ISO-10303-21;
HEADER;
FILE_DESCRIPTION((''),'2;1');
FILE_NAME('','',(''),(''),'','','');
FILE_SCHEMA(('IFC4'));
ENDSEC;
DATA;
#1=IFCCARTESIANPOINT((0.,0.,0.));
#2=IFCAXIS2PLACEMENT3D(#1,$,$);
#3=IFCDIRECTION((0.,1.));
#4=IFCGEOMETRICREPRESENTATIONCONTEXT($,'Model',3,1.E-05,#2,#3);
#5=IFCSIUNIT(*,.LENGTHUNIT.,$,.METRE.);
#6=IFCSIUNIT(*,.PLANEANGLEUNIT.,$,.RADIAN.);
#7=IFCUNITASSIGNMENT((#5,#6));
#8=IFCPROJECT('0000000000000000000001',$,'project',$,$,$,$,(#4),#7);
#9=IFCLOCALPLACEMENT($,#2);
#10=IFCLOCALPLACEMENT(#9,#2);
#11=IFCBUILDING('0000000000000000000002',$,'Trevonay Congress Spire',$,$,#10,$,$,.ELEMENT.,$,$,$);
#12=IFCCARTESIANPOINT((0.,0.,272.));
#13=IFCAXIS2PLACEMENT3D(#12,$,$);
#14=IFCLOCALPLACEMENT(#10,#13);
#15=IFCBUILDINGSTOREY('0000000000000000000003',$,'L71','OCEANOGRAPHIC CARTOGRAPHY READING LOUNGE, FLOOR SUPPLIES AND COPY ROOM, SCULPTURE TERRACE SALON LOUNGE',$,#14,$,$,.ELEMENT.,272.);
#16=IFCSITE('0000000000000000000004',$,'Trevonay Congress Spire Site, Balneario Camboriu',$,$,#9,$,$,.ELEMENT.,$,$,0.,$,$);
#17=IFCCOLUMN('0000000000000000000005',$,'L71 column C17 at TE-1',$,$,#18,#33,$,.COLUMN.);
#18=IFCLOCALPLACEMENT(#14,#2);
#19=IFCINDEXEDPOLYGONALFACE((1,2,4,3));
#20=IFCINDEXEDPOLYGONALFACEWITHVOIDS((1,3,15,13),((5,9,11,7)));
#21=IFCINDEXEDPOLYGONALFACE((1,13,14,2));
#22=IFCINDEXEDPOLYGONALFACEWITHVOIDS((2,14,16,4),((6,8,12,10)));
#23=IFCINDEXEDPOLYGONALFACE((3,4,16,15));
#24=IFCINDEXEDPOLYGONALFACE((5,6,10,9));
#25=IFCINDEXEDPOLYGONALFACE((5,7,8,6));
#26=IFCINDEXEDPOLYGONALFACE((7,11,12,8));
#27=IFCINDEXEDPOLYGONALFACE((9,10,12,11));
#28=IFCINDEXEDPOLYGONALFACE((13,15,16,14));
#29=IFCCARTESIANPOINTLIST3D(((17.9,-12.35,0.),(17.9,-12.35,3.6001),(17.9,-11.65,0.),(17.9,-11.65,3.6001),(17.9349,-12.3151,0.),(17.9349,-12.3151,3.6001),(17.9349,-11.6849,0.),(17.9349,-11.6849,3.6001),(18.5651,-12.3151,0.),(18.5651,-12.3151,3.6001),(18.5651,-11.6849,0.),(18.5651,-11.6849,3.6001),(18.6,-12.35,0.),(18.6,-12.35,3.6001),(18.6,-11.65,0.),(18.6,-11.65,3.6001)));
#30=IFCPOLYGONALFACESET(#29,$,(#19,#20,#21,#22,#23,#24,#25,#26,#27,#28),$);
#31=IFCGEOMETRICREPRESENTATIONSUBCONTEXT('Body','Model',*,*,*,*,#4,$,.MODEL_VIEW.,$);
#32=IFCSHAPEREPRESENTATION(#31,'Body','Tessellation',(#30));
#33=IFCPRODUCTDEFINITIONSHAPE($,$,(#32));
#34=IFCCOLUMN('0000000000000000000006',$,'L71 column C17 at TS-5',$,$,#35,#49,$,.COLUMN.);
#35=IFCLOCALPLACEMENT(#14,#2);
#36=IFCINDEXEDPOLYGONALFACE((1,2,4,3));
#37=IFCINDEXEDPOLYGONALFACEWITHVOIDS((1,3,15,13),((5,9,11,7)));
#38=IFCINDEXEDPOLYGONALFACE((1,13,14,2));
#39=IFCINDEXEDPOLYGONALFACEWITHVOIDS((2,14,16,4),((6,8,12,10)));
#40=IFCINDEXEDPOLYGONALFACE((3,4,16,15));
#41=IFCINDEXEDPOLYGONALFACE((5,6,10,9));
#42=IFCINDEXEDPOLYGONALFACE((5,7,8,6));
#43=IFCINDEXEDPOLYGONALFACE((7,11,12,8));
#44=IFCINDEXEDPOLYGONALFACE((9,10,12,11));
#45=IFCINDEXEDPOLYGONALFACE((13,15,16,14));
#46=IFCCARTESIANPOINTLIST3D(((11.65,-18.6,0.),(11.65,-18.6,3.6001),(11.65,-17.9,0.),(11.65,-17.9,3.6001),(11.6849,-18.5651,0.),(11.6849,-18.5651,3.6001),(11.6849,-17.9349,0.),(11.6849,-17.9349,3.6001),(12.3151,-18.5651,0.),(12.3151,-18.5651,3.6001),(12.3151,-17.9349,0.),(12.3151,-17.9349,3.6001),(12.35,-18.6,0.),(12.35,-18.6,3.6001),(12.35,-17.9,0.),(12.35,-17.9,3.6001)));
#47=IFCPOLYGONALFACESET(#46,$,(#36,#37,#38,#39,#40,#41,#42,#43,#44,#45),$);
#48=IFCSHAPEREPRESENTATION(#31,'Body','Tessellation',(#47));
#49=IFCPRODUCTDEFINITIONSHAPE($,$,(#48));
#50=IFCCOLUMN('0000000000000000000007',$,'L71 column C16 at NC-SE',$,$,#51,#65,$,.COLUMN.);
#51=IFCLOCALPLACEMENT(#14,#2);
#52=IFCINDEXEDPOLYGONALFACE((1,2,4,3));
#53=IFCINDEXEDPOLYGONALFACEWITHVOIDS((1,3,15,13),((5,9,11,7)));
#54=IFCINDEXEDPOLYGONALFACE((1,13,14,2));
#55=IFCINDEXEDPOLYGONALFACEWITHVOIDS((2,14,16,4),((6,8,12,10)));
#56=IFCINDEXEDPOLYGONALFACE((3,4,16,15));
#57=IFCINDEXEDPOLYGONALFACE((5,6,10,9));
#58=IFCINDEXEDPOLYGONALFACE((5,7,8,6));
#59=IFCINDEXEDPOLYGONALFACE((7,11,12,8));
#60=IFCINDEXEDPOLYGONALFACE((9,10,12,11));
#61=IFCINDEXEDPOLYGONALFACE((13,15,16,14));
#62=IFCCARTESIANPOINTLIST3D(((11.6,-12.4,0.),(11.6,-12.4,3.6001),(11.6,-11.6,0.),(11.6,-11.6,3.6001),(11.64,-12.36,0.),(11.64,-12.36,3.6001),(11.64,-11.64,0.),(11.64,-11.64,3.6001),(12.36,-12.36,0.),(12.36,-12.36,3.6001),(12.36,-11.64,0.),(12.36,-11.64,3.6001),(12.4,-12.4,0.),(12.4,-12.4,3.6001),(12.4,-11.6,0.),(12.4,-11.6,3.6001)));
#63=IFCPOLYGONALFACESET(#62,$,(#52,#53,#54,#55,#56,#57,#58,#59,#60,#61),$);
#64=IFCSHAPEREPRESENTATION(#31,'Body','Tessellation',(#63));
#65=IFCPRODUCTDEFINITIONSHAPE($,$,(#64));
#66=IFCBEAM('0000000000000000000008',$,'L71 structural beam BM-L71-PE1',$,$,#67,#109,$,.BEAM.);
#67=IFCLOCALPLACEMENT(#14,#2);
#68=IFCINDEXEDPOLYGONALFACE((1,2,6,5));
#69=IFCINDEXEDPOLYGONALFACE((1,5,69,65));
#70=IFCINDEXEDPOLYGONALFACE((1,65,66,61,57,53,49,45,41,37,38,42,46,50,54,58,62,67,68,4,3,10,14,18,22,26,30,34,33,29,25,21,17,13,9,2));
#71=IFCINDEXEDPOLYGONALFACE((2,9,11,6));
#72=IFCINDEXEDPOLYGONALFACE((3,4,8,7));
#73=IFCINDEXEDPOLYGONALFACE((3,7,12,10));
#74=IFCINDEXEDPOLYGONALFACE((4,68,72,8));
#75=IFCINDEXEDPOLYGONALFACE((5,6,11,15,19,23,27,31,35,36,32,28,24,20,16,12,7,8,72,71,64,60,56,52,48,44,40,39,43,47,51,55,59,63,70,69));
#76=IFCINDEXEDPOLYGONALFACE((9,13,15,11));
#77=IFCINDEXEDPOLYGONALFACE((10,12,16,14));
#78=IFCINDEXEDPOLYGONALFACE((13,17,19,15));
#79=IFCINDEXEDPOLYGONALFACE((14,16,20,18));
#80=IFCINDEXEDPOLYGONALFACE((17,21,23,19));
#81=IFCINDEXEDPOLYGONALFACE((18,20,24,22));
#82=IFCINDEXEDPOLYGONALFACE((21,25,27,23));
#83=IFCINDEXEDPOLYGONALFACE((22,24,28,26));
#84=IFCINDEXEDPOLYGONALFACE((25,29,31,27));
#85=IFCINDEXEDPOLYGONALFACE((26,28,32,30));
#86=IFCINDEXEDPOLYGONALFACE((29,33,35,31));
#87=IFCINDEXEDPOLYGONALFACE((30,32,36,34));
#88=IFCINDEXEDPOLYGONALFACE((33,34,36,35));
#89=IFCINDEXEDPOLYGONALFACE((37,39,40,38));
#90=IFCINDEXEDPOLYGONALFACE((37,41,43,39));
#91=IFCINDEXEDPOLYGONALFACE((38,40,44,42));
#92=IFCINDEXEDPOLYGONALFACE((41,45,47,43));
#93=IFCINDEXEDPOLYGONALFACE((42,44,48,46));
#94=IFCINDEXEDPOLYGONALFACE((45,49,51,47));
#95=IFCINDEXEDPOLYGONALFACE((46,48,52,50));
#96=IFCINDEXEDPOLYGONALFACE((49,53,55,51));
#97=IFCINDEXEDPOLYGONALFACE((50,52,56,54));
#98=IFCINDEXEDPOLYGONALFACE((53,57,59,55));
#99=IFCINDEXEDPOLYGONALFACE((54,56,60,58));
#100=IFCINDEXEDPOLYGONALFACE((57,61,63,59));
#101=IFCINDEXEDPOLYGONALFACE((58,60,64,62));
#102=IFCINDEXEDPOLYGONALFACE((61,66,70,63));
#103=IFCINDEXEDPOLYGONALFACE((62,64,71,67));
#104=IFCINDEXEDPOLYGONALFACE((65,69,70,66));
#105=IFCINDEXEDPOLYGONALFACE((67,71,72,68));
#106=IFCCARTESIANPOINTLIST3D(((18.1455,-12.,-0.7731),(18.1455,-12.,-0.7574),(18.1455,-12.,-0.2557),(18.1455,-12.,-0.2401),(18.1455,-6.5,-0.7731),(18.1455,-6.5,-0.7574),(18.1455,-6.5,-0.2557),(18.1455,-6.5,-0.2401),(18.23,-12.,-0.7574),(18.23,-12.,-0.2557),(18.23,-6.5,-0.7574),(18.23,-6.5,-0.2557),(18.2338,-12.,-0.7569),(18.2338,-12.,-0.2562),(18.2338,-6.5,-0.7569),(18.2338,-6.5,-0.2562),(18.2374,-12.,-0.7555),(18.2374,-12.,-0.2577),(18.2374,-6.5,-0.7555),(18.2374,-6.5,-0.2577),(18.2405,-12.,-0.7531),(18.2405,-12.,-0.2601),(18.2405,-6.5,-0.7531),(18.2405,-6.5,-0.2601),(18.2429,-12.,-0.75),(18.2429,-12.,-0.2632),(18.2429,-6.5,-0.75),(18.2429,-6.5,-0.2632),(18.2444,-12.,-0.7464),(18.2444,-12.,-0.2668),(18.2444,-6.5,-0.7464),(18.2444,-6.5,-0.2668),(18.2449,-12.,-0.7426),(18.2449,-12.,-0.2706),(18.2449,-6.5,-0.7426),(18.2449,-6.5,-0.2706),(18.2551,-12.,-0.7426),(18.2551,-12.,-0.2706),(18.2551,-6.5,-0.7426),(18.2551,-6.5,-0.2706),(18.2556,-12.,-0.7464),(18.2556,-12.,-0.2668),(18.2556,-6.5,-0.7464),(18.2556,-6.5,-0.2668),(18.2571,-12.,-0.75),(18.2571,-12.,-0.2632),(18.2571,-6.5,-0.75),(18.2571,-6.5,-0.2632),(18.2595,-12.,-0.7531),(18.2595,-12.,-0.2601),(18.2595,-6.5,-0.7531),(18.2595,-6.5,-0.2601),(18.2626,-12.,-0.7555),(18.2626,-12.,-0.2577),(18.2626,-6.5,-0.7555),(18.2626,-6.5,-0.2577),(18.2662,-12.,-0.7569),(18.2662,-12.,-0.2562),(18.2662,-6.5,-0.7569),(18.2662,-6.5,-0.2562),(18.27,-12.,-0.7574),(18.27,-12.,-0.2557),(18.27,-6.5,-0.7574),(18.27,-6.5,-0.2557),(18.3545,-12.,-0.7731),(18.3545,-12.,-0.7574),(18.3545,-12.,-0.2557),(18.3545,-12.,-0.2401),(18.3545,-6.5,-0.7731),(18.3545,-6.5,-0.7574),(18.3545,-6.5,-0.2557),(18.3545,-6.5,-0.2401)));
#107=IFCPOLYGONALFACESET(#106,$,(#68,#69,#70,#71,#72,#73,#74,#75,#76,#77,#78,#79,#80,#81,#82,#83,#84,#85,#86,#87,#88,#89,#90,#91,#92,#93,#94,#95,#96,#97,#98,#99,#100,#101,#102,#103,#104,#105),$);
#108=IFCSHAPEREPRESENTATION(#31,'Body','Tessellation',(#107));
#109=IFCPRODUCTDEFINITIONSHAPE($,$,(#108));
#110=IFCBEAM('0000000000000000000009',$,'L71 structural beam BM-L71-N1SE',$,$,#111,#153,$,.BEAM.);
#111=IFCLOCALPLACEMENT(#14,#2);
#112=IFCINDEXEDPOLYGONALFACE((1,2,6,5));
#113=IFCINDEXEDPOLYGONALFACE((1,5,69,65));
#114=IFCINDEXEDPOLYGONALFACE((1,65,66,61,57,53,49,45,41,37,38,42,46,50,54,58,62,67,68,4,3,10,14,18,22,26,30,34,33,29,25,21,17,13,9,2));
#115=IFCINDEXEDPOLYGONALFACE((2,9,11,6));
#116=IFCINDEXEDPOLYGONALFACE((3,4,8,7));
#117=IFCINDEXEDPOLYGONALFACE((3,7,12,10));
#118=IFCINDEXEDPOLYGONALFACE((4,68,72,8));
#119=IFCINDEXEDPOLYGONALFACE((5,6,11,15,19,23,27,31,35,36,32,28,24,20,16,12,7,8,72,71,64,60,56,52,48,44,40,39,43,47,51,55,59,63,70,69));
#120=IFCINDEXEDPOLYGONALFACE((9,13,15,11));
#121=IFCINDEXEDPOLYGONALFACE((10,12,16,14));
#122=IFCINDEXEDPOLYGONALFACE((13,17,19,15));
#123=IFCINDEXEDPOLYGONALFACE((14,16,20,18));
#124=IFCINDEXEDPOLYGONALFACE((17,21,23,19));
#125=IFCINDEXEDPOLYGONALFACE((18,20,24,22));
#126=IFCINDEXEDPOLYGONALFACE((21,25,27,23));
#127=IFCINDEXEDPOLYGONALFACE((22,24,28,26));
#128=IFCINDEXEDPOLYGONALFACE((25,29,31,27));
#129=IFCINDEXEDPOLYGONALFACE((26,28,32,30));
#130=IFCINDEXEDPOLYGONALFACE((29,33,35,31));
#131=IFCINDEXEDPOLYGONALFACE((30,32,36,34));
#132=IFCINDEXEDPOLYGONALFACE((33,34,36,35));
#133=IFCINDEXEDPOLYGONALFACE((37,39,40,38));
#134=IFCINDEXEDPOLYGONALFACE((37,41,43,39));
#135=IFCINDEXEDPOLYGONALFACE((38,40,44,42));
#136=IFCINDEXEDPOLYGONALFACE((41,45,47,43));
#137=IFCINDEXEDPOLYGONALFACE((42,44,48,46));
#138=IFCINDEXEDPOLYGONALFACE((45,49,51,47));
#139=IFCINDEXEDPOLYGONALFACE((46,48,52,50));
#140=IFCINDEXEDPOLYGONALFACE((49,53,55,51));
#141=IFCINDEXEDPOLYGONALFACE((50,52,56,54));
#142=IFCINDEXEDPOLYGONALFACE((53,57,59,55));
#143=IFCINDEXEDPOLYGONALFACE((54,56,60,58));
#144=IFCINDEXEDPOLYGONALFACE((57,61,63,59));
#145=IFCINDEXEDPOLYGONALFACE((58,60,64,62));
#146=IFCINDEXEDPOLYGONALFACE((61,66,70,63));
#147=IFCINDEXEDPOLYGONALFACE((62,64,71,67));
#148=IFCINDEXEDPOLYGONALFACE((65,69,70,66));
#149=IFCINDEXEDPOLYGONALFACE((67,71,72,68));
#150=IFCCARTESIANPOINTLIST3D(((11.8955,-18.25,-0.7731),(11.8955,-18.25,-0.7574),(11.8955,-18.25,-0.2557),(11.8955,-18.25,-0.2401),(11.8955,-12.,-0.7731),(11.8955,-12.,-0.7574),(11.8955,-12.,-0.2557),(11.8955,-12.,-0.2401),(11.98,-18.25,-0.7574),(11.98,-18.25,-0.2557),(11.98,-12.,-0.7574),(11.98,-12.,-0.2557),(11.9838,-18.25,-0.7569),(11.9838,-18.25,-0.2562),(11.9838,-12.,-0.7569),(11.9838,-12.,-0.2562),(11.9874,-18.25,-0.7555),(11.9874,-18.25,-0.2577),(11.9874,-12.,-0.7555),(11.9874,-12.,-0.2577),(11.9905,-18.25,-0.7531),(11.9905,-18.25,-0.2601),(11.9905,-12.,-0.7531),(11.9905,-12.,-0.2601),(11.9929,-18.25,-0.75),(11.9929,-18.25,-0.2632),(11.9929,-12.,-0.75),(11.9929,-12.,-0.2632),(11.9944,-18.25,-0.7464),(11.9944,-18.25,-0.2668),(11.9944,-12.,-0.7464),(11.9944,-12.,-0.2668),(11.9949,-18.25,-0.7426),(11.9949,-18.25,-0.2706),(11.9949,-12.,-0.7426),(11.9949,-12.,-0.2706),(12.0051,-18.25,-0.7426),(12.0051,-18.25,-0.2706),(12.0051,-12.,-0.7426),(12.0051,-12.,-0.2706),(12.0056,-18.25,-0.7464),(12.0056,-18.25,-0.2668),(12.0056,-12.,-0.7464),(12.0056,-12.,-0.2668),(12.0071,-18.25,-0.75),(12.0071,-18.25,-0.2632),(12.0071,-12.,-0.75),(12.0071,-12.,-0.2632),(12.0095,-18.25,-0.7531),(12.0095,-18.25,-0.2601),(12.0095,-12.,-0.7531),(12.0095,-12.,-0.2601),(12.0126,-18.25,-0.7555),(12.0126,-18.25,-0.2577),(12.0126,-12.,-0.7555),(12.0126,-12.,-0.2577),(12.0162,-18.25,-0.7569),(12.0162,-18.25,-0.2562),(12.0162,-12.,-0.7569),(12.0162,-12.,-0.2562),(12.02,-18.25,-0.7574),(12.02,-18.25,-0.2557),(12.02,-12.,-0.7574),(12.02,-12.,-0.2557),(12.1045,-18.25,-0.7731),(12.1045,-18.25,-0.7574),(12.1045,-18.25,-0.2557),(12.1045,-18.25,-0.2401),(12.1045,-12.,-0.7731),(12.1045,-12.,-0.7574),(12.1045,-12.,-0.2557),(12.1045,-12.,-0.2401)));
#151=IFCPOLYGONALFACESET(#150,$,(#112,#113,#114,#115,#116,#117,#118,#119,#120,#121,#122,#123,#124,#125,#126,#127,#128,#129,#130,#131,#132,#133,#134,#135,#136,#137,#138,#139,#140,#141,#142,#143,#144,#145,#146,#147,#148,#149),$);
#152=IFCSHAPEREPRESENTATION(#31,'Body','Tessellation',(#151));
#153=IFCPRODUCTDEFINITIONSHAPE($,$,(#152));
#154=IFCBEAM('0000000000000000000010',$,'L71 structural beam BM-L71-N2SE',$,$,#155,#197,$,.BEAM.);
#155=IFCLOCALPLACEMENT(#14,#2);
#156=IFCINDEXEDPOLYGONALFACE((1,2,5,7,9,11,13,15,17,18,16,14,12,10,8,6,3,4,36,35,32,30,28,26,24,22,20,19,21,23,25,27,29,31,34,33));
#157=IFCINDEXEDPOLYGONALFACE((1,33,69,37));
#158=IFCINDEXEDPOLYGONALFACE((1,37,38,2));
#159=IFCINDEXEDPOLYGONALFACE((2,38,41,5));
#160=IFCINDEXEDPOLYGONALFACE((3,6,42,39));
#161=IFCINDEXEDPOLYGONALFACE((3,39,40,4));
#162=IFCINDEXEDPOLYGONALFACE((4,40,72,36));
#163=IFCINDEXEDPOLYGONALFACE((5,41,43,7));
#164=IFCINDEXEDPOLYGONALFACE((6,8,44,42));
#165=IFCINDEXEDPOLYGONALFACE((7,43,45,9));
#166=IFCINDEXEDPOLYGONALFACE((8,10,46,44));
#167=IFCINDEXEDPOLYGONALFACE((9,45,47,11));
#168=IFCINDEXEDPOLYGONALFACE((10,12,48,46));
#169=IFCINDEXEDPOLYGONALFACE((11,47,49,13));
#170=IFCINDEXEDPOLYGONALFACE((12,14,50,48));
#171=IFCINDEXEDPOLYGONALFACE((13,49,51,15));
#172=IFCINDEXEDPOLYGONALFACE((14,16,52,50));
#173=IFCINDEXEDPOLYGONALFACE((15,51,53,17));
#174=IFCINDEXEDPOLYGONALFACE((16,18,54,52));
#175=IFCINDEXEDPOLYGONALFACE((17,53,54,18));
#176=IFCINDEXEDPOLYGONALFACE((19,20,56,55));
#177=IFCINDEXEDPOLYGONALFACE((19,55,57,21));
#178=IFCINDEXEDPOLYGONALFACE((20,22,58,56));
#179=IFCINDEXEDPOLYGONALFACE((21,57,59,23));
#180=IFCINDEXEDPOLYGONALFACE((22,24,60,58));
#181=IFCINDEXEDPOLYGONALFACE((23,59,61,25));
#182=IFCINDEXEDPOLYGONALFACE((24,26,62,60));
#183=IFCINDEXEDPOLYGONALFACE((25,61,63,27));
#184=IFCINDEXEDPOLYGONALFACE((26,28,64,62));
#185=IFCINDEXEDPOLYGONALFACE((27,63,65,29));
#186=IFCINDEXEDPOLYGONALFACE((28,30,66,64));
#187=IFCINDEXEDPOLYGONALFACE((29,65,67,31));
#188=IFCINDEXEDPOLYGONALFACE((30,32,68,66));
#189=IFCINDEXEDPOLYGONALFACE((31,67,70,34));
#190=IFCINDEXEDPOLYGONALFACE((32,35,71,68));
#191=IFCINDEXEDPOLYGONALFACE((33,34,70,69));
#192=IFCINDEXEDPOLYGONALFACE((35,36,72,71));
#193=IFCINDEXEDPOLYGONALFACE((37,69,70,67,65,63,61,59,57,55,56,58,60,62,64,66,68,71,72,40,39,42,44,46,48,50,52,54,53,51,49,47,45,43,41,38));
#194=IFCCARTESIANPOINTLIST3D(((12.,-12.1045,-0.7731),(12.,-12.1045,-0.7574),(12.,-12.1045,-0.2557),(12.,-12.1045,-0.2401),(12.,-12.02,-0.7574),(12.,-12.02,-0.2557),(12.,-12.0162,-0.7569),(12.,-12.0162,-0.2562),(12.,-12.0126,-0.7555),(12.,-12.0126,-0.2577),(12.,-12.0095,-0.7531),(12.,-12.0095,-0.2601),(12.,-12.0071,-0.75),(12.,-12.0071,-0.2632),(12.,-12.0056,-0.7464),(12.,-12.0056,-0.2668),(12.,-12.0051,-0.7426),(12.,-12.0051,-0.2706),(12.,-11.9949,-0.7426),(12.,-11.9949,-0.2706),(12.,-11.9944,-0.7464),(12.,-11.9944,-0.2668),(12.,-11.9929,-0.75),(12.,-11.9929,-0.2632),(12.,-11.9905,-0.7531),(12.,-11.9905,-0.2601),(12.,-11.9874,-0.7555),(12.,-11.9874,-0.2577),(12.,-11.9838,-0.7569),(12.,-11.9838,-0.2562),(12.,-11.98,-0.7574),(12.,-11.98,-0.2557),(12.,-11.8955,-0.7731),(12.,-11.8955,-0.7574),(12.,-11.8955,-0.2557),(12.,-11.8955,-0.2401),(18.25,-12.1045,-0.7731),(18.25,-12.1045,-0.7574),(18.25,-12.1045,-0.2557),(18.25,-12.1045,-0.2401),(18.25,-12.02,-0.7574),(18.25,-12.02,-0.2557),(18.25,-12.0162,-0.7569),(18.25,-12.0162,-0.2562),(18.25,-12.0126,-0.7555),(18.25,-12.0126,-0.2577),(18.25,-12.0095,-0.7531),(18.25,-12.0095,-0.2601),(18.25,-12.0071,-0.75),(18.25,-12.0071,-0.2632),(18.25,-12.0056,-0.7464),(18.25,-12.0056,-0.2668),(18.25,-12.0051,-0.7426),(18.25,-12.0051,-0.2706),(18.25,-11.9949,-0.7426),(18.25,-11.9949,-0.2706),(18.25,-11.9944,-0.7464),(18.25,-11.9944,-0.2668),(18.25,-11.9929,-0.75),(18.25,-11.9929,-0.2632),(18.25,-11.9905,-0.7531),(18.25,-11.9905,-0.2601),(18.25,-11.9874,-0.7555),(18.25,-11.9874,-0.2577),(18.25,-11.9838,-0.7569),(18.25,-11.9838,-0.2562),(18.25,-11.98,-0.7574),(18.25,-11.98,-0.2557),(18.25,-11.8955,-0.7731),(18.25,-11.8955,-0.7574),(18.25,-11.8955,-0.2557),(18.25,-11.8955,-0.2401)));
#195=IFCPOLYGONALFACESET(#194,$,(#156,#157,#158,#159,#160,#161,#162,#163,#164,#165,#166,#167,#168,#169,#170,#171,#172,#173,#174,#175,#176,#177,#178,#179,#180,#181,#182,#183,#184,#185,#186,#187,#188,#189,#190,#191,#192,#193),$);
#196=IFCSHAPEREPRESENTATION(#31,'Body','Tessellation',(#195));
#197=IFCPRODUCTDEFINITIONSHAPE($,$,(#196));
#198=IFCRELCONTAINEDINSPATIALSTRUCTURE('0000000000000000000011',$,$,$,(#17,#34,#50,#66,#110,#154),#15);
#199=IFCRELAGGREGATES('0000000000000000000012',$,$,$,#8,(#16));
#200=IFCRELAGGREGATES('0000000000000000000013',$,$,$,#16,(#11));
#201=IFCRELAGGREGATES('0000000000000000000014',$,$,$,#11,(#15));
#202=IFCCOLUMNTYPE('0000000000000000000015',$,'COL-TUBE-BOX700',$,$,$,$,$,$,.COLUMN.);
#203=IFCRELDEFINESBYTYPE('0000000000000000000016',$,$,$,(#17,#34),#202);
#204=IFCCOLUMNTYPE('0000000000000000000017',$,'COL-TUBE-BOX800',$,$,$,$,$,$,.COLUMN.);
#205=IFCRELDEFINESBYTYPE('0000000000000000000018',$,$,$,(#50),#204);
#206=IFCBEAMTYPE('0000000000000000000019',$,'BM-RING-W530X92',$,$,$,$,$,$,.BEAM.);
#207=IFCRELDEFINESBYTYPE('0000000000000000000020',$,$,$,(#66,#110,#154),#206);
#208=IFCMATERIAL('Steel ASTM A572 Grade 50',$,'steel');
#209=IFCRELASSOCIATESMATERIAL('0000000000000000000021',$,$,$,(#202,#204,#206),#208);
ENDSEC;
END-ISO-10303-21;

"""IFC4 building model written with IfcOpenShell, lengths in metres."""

from ifc_helpers import new_model, si_unit, direction, frame, origin, origin_2d, place, context, subcontext, project, spatial, hollow_rectangle, i_section, extrude, material, material_profile, profile_set, type_object, element, save


model = new_model("IFC4")

# Units and contexts
model_context = context("Model", 3, precision=1e-05, world=origin(), true_north=direction((0.0, 1.0)))
body_context = subcontext(model_context, "Body", "Model", "MODEL_VIEW")
ifc_project = project(units=[si_unit("LENGTHUNIT", "METRE"), si_unit("PLANEANGLEUNIT", "RADIAN")], contexts=[model_context])

# Site, building, storey
site_placement = place(None, origin())
site = spatial("IfcSite", under=ifc_project, at=site_placement, Name="Trevonay Congress Spire Site, Balneario Camboriu", CompositionType="ELEMENT", RefElevation=0.0)
building_placement = place(site_placement, origin())
building = spatial("IfcBuilding", under=site, at=building_placement, Name="Trevonay Congress Spire", CompositionType="ELEMENT")
storey_placement = place(building_placement, frame((0.0, 0.0, 272.0)))
storey = spatial("IfcBuildingStorey", under=building, at=storey_placement, Name="L71", Description="OCEANOGRAPHIC CARTOGRAPHY READING LOUNGE, FLOOR SUPPLIES AND COPY ROOM, SCULPTURE TERRACE SALON LOUNGE", CompositionType="ELEMENT", Elevation=272.0)

# Columns
ifc_material_1 = material(Name="Steel ASTM A572 Grade 50", Category="steel")
ifc_material_profile_1 = material_profile(ifc_material_1, hollow_rectangle(XDim=0.7, YDim=0.7, WallThickness=0.0349, at=origin_2d()), Name="BOX 700x700x35")
ifc_profile_set_1 = profile_set([ifc_material_profile_1], Name="Steel ASTM A572 Grade 50")
column_type_1 = type_object("IfcColumnType", Name="COL-TUBE-BOX700", PredefinedType="COLUMN", material=ifc_profile_set_1)
for number, where, z_axis, x_axis, name in (
    (1, (18.25, -12.0, 0.0), (0.0, 0.0, 1.0), (1.0, 0.0, 0.0), "L71 column C17 at TE-1"),
    (2, (12.0, -18.25, 0.0), (0.0, 0.0, 1.0), (1.0, 0.0, 0.0), "L71 column C17 at TS-5"),
):
    element("IfcColumn", number, at=place(storey_placement, frame(where, z_axis=z_axis, x_axis=x_axis)), inside=storey, type_object=column_type_1, Name=name, PredefinedType="COLUMN", context=body_context, shape_type="SweptSolid", body=[
        extrude(hollow_rectangle(XDim=0.7, YDim=0.7, WallThickness=0.0349, at=origin_2d()), origin(), (0.0, 0.0, 1.0), 3.6001),
    ])
ifc_material_profile_2 = material_profile(ifc_material_1, hollow_rectangle(XDim=0.8, YDim=0.8, WallThickness=0.04, at=origin_2d()), Name="BOX 800x800x40")
ifc_profile_set_2 = profile_set([ifc_material_profile_2], Name="Steel ASTM A572 Grade 50")
column_type_2 = type_object("IfcColumnType", Name="COL-TUBE-BOX800", PredefinedType="COLUMN", material=ifc_profile_set_2)
column_placement = place(storey_placement, frame((12.0, -12.0, 0.0), z_axis=(0.0, 0.0, 1.0), x_axis=(1.0, 0.0, 0.0)))
element("IfcColumn", 3, at=column_placement, inside=storey, type_object=column_type_2, Name="L71 column C16 at NC-SE", PredefinedType="COLUMN", context=body_context, shape_type="SweptSolid", body=[
    extrude(hollow_rectangle(XDim=0.8, YDim=0.8, WallThickness=0.04, at=origin_2d()), origin(), (0.0, 0.0, 1.0), 3.6001),
])

# Beams
ifc_material_profile_3 = material_profile(ifc_material_1, i_section(OverallWidth=0.209, OverallDepth=0.533, WebThickness=0.0103, FlangeThickness=0.0156, FilletRadius=0.0149, at=origin_2d()), Name="W530x92")
ifc_profile_set_3 = profile_set([ifc_material_profile_3], Name="Steel ASTM A572 Grade 50")
beam_type = type_object("IfcBeamType", Name="BM-RING-W530X92", PredefinedType="BEAM", material=ifc_profile_set_3)
beam_placement = place(storey_placement, frame((18.25, -12.0, -0.5066), z_axis=(0.0, 1.0, 0.0), x_axis=(-1.0, 0.0, 0.0)))
element("IfcBeam", 4, at=beam_placement, inside=storey, type_object=beam_type, Name="L71 structural beam BM-L71-PE1", PredefinedType="BEAM", context=body_context, shape_type="SweptSolid", body=[
    extrude(i_section(OverallWidth=0.209, OverallDepth=0.533, WebThickness=0.0103, FlangeThickness=0.0156, FilletRadius=0.0149, at=origin_2d()), origin(), (0.0, 0.0, 1.0), 5.5),
])
for number, where, z_axis, x_axis, name in (
    (5, (12.0, -18.25, -0.5066), (0.0, 1.0, 0.0), (-1.0, 0.0, 0.0), "L71 structural beam BM-L71-N1SE"),
    (6, (18.25, -12.0, -0.5066), (-1.0, 0.0, 0.0), (0.0, -1.0, 0.0), "L71 structural beam BM-L71-N2SE"),
):
    element("IfcBeam", number, at=place(storey_placement, frame(where, z_axis=z_axis, x_axis=x_axis)), inside=storey, type_object=beam_type, Name=name, PredefinedType="BEAM", context=body_context, shape_type="SweptSolid", body=[
        extrude(i_section(OverallWidth=0.209, OverallDepth=0.533, WebThickness=0.0103, FlangeThickness=0.0156, FilletRadius=0.0149, at=origin_2d()), origin(), (0.0, 0.0, 1.0), 6.25),
    ])

save(model, "model.ifc")
